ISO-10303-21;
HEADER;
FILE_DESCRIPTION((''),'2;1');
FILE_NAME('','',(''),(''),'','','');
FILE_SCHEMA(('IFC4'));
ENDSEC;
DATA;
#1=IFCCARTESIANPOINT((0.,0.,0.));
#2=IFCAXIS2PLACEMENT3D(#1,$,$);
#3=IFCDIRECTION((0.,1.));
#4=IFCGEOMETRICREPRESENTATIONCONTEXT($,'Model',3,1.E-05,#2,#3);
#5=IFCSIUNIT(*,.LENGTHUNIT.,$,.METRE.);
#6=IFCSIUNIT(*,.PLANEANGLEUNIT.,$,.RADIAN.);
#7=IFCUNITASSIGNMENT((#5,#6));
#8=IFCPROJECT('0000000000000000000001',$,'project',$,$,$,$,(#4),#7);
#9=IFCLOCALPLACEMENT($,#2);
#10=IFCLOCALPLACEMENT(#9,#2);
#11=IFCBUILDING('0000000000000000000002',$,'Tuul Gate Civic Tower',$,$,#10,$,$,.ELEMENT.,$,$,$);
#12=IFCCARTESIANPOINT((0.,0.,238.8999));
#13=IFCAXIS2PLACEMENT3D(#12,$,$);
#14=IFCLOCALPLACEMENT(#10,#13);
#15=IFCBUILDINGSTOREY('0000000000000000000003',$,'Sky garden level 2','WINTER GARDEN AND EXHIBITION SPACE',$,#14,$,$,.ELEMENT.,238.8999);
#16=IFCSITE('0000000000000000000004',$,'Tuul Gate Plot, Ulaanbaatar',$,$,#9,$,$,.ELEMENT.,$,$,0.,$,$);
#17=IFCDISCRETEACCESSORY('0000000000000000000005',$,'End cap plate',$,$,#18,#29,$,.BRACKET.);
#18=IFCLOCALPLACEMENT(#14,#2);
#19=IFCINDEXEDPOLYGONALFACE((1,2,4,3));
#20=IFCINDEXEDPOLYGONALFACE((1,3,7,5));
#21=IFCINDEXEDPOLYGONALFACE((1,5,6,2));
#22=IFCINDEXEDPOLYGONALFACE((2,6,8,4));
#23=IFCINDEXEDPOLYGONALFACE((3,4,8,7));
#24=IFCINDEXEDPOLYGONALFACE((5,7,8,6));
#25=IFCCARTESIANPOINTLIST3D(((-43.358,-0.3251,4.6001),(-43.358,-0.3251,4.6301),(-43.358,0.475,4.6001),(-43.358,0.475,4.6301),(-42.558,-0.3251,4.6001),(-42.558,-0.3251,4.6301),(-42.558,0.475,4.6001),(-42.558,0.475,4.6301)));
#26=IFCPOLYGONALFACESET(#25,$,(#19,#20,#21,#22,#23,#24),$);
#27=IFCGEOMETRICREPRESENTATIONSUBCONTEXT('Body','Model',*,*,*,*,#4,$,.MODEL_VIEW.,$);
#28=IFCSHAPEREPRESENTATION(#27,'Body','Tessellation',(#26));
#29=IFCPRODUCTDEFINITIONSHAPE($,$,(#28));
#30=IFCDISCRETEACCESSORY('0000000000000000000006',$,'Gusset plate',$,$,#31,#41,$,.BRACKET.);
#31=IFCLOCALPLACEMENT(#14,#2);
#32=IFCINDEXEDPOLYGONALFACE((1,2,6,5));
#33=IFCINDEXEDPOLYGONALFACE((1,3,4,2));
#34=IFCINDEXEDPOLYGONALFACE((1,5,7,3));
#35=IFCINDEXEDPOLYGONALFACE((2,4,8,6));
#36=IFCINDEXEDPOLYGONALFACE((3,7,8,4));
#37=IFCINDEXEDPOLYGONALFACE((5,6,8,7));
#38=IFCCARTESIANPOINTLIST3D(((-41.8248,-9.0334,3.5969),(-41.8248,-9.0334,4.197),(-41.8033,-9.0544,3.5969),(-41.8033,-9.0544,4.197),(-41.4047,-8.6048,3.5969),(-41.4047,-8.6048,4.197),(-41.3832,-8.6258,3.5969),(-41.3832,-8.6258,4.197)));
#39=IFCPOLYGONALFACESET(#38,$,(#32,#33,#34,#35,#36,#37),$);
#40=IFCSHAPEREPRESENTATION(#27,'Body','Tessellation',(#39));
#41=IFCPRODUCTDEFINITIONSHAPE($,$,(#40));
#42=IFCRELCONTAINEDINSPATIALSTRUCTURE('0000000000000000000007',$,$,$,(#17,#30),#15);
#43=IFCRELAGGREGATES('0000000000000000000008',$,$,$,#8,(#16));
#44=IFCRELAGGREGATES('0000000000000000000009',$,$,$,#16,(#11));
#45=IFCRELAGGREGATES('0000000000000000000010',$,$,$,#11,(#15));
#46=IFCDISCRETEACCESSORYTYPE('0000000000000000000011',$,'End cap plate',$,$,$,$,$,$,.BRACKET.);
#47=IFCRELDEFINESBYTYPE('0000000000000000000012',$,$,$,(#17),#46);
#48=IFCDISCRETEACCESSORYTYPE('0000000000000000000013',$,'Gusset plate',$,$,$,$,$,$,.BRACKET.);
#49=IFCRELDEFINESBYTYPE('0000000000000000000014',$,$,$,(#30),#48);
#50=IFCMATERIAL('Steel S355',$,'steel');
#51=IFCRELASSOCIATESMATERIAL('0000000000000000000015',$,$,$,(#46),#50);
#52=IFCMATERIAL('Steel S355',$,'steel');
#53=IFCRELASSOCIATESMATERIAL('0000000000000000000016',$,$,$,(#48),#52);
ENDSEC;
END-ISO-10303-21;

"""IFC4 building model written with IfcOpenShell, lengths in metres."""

from ifc_helpers import new_model, si_unit, direction, frame, origin, origin_2d, place, context, subcontext, project, spatial, rectangle, extrude, material, type_object, element, save


model = new_model("IFC4")

# Units and contexts
model_context = context("Model", 3, precision=1e-05, world=origin(), true_north=direction((0.0, 1.0)))
body_context = subcontext(model_context, "Body", "Model", "MODEL_VIEW")
ifc_project = project(units=[si_unit("LENGTHUNIT", "METRE"), si_unit("PLANEANGLEUNIT", "RADIAN")], contexts=[model_context])

# Site, building, storey
site_placement = place(None, origin())
site = spatial("IfcSite", under=ifc_project, at=site_placement, Name="Tuul Gate Plot, Ulaanbaatar", CompositionType="ELEMENT", RefElevation=0.0)
building_placement = place(site_placement, origin())
building = spatial("IfcBuilding", under=site, at=building_placement, Name="Tuul Gate Civic Tower", CompositionType="ELEMENT")
storey_placement = place(building_placement, frame((0.0, 0.0, 238.8999)))
storey = spatial("IfcBuildingStorey", under=building, at=storey_placement, Name="Sky garden level 2", Description="WINTER GARDEN AND EXHIBITION SPACE", CompositionType="ELEMENT", Elevation=238.8999)

# Discrete accessories
ifc_material_1 = material(Name="Steel S355", Category="steel")
discrete_accessory_type_1 = type_object("IfcDiscreteAccessoryType", Name="End cap plate", PredefinedType="BRACKET", material=ifc_material_1)
discrete_accessory_1_placement = place(storey_placement, frame((-42.958, 0.075, 4.6001), z_axis=(0.0, 0.0, 1.0), x_axis=(1.0, 0.0, 0.0)))
element("IfcDiscreteAccessory", 1, at=discrete_accessory_1_placement, inside=storey, type_object=discrete_accessory_type_1, Name="End cap plate", PredefinedType="BRACKET", context=body_context, shape_type="SweptSolid", body=[
    extrude(rectangle(XDim=0.8, YDim=0.8, at=origin_2d()), origin(), (0.0, 0.0, 1.0), 0.03),
])
ifc_material_2 = material(Name="Steel S355", Category="steel")
discrete_accessory_type_2 = type_object("IfcDiscreteAccessoryType", Name="Gusset plate", PredefinedType="BRACKET", material=ifc_material_2)
discrete_accessory_2_placement = place(storey_placement, frame((-41.604, -8.8296, 3.5969), z_axis=(0.0, 0.0, 1.0), x_axis=(0.7, 0.714143, 0.0)))
element("IfcDiscreteAccessory", 2, at=discrete_accessory_2_placement, inside=storey, type_object=discrete_accessory_type_2, Name="Gusset plate", PredefinedType="BRACKET", context=body_context, shape_type="SweptSolid", body=[
    extrude(rectangle(XDim=0.6001, YDim=0.03, at=origin_2d()), origin(), (0.0, 0.0, 1.0), 0.6001),
])

save(model, "model.ifc")
